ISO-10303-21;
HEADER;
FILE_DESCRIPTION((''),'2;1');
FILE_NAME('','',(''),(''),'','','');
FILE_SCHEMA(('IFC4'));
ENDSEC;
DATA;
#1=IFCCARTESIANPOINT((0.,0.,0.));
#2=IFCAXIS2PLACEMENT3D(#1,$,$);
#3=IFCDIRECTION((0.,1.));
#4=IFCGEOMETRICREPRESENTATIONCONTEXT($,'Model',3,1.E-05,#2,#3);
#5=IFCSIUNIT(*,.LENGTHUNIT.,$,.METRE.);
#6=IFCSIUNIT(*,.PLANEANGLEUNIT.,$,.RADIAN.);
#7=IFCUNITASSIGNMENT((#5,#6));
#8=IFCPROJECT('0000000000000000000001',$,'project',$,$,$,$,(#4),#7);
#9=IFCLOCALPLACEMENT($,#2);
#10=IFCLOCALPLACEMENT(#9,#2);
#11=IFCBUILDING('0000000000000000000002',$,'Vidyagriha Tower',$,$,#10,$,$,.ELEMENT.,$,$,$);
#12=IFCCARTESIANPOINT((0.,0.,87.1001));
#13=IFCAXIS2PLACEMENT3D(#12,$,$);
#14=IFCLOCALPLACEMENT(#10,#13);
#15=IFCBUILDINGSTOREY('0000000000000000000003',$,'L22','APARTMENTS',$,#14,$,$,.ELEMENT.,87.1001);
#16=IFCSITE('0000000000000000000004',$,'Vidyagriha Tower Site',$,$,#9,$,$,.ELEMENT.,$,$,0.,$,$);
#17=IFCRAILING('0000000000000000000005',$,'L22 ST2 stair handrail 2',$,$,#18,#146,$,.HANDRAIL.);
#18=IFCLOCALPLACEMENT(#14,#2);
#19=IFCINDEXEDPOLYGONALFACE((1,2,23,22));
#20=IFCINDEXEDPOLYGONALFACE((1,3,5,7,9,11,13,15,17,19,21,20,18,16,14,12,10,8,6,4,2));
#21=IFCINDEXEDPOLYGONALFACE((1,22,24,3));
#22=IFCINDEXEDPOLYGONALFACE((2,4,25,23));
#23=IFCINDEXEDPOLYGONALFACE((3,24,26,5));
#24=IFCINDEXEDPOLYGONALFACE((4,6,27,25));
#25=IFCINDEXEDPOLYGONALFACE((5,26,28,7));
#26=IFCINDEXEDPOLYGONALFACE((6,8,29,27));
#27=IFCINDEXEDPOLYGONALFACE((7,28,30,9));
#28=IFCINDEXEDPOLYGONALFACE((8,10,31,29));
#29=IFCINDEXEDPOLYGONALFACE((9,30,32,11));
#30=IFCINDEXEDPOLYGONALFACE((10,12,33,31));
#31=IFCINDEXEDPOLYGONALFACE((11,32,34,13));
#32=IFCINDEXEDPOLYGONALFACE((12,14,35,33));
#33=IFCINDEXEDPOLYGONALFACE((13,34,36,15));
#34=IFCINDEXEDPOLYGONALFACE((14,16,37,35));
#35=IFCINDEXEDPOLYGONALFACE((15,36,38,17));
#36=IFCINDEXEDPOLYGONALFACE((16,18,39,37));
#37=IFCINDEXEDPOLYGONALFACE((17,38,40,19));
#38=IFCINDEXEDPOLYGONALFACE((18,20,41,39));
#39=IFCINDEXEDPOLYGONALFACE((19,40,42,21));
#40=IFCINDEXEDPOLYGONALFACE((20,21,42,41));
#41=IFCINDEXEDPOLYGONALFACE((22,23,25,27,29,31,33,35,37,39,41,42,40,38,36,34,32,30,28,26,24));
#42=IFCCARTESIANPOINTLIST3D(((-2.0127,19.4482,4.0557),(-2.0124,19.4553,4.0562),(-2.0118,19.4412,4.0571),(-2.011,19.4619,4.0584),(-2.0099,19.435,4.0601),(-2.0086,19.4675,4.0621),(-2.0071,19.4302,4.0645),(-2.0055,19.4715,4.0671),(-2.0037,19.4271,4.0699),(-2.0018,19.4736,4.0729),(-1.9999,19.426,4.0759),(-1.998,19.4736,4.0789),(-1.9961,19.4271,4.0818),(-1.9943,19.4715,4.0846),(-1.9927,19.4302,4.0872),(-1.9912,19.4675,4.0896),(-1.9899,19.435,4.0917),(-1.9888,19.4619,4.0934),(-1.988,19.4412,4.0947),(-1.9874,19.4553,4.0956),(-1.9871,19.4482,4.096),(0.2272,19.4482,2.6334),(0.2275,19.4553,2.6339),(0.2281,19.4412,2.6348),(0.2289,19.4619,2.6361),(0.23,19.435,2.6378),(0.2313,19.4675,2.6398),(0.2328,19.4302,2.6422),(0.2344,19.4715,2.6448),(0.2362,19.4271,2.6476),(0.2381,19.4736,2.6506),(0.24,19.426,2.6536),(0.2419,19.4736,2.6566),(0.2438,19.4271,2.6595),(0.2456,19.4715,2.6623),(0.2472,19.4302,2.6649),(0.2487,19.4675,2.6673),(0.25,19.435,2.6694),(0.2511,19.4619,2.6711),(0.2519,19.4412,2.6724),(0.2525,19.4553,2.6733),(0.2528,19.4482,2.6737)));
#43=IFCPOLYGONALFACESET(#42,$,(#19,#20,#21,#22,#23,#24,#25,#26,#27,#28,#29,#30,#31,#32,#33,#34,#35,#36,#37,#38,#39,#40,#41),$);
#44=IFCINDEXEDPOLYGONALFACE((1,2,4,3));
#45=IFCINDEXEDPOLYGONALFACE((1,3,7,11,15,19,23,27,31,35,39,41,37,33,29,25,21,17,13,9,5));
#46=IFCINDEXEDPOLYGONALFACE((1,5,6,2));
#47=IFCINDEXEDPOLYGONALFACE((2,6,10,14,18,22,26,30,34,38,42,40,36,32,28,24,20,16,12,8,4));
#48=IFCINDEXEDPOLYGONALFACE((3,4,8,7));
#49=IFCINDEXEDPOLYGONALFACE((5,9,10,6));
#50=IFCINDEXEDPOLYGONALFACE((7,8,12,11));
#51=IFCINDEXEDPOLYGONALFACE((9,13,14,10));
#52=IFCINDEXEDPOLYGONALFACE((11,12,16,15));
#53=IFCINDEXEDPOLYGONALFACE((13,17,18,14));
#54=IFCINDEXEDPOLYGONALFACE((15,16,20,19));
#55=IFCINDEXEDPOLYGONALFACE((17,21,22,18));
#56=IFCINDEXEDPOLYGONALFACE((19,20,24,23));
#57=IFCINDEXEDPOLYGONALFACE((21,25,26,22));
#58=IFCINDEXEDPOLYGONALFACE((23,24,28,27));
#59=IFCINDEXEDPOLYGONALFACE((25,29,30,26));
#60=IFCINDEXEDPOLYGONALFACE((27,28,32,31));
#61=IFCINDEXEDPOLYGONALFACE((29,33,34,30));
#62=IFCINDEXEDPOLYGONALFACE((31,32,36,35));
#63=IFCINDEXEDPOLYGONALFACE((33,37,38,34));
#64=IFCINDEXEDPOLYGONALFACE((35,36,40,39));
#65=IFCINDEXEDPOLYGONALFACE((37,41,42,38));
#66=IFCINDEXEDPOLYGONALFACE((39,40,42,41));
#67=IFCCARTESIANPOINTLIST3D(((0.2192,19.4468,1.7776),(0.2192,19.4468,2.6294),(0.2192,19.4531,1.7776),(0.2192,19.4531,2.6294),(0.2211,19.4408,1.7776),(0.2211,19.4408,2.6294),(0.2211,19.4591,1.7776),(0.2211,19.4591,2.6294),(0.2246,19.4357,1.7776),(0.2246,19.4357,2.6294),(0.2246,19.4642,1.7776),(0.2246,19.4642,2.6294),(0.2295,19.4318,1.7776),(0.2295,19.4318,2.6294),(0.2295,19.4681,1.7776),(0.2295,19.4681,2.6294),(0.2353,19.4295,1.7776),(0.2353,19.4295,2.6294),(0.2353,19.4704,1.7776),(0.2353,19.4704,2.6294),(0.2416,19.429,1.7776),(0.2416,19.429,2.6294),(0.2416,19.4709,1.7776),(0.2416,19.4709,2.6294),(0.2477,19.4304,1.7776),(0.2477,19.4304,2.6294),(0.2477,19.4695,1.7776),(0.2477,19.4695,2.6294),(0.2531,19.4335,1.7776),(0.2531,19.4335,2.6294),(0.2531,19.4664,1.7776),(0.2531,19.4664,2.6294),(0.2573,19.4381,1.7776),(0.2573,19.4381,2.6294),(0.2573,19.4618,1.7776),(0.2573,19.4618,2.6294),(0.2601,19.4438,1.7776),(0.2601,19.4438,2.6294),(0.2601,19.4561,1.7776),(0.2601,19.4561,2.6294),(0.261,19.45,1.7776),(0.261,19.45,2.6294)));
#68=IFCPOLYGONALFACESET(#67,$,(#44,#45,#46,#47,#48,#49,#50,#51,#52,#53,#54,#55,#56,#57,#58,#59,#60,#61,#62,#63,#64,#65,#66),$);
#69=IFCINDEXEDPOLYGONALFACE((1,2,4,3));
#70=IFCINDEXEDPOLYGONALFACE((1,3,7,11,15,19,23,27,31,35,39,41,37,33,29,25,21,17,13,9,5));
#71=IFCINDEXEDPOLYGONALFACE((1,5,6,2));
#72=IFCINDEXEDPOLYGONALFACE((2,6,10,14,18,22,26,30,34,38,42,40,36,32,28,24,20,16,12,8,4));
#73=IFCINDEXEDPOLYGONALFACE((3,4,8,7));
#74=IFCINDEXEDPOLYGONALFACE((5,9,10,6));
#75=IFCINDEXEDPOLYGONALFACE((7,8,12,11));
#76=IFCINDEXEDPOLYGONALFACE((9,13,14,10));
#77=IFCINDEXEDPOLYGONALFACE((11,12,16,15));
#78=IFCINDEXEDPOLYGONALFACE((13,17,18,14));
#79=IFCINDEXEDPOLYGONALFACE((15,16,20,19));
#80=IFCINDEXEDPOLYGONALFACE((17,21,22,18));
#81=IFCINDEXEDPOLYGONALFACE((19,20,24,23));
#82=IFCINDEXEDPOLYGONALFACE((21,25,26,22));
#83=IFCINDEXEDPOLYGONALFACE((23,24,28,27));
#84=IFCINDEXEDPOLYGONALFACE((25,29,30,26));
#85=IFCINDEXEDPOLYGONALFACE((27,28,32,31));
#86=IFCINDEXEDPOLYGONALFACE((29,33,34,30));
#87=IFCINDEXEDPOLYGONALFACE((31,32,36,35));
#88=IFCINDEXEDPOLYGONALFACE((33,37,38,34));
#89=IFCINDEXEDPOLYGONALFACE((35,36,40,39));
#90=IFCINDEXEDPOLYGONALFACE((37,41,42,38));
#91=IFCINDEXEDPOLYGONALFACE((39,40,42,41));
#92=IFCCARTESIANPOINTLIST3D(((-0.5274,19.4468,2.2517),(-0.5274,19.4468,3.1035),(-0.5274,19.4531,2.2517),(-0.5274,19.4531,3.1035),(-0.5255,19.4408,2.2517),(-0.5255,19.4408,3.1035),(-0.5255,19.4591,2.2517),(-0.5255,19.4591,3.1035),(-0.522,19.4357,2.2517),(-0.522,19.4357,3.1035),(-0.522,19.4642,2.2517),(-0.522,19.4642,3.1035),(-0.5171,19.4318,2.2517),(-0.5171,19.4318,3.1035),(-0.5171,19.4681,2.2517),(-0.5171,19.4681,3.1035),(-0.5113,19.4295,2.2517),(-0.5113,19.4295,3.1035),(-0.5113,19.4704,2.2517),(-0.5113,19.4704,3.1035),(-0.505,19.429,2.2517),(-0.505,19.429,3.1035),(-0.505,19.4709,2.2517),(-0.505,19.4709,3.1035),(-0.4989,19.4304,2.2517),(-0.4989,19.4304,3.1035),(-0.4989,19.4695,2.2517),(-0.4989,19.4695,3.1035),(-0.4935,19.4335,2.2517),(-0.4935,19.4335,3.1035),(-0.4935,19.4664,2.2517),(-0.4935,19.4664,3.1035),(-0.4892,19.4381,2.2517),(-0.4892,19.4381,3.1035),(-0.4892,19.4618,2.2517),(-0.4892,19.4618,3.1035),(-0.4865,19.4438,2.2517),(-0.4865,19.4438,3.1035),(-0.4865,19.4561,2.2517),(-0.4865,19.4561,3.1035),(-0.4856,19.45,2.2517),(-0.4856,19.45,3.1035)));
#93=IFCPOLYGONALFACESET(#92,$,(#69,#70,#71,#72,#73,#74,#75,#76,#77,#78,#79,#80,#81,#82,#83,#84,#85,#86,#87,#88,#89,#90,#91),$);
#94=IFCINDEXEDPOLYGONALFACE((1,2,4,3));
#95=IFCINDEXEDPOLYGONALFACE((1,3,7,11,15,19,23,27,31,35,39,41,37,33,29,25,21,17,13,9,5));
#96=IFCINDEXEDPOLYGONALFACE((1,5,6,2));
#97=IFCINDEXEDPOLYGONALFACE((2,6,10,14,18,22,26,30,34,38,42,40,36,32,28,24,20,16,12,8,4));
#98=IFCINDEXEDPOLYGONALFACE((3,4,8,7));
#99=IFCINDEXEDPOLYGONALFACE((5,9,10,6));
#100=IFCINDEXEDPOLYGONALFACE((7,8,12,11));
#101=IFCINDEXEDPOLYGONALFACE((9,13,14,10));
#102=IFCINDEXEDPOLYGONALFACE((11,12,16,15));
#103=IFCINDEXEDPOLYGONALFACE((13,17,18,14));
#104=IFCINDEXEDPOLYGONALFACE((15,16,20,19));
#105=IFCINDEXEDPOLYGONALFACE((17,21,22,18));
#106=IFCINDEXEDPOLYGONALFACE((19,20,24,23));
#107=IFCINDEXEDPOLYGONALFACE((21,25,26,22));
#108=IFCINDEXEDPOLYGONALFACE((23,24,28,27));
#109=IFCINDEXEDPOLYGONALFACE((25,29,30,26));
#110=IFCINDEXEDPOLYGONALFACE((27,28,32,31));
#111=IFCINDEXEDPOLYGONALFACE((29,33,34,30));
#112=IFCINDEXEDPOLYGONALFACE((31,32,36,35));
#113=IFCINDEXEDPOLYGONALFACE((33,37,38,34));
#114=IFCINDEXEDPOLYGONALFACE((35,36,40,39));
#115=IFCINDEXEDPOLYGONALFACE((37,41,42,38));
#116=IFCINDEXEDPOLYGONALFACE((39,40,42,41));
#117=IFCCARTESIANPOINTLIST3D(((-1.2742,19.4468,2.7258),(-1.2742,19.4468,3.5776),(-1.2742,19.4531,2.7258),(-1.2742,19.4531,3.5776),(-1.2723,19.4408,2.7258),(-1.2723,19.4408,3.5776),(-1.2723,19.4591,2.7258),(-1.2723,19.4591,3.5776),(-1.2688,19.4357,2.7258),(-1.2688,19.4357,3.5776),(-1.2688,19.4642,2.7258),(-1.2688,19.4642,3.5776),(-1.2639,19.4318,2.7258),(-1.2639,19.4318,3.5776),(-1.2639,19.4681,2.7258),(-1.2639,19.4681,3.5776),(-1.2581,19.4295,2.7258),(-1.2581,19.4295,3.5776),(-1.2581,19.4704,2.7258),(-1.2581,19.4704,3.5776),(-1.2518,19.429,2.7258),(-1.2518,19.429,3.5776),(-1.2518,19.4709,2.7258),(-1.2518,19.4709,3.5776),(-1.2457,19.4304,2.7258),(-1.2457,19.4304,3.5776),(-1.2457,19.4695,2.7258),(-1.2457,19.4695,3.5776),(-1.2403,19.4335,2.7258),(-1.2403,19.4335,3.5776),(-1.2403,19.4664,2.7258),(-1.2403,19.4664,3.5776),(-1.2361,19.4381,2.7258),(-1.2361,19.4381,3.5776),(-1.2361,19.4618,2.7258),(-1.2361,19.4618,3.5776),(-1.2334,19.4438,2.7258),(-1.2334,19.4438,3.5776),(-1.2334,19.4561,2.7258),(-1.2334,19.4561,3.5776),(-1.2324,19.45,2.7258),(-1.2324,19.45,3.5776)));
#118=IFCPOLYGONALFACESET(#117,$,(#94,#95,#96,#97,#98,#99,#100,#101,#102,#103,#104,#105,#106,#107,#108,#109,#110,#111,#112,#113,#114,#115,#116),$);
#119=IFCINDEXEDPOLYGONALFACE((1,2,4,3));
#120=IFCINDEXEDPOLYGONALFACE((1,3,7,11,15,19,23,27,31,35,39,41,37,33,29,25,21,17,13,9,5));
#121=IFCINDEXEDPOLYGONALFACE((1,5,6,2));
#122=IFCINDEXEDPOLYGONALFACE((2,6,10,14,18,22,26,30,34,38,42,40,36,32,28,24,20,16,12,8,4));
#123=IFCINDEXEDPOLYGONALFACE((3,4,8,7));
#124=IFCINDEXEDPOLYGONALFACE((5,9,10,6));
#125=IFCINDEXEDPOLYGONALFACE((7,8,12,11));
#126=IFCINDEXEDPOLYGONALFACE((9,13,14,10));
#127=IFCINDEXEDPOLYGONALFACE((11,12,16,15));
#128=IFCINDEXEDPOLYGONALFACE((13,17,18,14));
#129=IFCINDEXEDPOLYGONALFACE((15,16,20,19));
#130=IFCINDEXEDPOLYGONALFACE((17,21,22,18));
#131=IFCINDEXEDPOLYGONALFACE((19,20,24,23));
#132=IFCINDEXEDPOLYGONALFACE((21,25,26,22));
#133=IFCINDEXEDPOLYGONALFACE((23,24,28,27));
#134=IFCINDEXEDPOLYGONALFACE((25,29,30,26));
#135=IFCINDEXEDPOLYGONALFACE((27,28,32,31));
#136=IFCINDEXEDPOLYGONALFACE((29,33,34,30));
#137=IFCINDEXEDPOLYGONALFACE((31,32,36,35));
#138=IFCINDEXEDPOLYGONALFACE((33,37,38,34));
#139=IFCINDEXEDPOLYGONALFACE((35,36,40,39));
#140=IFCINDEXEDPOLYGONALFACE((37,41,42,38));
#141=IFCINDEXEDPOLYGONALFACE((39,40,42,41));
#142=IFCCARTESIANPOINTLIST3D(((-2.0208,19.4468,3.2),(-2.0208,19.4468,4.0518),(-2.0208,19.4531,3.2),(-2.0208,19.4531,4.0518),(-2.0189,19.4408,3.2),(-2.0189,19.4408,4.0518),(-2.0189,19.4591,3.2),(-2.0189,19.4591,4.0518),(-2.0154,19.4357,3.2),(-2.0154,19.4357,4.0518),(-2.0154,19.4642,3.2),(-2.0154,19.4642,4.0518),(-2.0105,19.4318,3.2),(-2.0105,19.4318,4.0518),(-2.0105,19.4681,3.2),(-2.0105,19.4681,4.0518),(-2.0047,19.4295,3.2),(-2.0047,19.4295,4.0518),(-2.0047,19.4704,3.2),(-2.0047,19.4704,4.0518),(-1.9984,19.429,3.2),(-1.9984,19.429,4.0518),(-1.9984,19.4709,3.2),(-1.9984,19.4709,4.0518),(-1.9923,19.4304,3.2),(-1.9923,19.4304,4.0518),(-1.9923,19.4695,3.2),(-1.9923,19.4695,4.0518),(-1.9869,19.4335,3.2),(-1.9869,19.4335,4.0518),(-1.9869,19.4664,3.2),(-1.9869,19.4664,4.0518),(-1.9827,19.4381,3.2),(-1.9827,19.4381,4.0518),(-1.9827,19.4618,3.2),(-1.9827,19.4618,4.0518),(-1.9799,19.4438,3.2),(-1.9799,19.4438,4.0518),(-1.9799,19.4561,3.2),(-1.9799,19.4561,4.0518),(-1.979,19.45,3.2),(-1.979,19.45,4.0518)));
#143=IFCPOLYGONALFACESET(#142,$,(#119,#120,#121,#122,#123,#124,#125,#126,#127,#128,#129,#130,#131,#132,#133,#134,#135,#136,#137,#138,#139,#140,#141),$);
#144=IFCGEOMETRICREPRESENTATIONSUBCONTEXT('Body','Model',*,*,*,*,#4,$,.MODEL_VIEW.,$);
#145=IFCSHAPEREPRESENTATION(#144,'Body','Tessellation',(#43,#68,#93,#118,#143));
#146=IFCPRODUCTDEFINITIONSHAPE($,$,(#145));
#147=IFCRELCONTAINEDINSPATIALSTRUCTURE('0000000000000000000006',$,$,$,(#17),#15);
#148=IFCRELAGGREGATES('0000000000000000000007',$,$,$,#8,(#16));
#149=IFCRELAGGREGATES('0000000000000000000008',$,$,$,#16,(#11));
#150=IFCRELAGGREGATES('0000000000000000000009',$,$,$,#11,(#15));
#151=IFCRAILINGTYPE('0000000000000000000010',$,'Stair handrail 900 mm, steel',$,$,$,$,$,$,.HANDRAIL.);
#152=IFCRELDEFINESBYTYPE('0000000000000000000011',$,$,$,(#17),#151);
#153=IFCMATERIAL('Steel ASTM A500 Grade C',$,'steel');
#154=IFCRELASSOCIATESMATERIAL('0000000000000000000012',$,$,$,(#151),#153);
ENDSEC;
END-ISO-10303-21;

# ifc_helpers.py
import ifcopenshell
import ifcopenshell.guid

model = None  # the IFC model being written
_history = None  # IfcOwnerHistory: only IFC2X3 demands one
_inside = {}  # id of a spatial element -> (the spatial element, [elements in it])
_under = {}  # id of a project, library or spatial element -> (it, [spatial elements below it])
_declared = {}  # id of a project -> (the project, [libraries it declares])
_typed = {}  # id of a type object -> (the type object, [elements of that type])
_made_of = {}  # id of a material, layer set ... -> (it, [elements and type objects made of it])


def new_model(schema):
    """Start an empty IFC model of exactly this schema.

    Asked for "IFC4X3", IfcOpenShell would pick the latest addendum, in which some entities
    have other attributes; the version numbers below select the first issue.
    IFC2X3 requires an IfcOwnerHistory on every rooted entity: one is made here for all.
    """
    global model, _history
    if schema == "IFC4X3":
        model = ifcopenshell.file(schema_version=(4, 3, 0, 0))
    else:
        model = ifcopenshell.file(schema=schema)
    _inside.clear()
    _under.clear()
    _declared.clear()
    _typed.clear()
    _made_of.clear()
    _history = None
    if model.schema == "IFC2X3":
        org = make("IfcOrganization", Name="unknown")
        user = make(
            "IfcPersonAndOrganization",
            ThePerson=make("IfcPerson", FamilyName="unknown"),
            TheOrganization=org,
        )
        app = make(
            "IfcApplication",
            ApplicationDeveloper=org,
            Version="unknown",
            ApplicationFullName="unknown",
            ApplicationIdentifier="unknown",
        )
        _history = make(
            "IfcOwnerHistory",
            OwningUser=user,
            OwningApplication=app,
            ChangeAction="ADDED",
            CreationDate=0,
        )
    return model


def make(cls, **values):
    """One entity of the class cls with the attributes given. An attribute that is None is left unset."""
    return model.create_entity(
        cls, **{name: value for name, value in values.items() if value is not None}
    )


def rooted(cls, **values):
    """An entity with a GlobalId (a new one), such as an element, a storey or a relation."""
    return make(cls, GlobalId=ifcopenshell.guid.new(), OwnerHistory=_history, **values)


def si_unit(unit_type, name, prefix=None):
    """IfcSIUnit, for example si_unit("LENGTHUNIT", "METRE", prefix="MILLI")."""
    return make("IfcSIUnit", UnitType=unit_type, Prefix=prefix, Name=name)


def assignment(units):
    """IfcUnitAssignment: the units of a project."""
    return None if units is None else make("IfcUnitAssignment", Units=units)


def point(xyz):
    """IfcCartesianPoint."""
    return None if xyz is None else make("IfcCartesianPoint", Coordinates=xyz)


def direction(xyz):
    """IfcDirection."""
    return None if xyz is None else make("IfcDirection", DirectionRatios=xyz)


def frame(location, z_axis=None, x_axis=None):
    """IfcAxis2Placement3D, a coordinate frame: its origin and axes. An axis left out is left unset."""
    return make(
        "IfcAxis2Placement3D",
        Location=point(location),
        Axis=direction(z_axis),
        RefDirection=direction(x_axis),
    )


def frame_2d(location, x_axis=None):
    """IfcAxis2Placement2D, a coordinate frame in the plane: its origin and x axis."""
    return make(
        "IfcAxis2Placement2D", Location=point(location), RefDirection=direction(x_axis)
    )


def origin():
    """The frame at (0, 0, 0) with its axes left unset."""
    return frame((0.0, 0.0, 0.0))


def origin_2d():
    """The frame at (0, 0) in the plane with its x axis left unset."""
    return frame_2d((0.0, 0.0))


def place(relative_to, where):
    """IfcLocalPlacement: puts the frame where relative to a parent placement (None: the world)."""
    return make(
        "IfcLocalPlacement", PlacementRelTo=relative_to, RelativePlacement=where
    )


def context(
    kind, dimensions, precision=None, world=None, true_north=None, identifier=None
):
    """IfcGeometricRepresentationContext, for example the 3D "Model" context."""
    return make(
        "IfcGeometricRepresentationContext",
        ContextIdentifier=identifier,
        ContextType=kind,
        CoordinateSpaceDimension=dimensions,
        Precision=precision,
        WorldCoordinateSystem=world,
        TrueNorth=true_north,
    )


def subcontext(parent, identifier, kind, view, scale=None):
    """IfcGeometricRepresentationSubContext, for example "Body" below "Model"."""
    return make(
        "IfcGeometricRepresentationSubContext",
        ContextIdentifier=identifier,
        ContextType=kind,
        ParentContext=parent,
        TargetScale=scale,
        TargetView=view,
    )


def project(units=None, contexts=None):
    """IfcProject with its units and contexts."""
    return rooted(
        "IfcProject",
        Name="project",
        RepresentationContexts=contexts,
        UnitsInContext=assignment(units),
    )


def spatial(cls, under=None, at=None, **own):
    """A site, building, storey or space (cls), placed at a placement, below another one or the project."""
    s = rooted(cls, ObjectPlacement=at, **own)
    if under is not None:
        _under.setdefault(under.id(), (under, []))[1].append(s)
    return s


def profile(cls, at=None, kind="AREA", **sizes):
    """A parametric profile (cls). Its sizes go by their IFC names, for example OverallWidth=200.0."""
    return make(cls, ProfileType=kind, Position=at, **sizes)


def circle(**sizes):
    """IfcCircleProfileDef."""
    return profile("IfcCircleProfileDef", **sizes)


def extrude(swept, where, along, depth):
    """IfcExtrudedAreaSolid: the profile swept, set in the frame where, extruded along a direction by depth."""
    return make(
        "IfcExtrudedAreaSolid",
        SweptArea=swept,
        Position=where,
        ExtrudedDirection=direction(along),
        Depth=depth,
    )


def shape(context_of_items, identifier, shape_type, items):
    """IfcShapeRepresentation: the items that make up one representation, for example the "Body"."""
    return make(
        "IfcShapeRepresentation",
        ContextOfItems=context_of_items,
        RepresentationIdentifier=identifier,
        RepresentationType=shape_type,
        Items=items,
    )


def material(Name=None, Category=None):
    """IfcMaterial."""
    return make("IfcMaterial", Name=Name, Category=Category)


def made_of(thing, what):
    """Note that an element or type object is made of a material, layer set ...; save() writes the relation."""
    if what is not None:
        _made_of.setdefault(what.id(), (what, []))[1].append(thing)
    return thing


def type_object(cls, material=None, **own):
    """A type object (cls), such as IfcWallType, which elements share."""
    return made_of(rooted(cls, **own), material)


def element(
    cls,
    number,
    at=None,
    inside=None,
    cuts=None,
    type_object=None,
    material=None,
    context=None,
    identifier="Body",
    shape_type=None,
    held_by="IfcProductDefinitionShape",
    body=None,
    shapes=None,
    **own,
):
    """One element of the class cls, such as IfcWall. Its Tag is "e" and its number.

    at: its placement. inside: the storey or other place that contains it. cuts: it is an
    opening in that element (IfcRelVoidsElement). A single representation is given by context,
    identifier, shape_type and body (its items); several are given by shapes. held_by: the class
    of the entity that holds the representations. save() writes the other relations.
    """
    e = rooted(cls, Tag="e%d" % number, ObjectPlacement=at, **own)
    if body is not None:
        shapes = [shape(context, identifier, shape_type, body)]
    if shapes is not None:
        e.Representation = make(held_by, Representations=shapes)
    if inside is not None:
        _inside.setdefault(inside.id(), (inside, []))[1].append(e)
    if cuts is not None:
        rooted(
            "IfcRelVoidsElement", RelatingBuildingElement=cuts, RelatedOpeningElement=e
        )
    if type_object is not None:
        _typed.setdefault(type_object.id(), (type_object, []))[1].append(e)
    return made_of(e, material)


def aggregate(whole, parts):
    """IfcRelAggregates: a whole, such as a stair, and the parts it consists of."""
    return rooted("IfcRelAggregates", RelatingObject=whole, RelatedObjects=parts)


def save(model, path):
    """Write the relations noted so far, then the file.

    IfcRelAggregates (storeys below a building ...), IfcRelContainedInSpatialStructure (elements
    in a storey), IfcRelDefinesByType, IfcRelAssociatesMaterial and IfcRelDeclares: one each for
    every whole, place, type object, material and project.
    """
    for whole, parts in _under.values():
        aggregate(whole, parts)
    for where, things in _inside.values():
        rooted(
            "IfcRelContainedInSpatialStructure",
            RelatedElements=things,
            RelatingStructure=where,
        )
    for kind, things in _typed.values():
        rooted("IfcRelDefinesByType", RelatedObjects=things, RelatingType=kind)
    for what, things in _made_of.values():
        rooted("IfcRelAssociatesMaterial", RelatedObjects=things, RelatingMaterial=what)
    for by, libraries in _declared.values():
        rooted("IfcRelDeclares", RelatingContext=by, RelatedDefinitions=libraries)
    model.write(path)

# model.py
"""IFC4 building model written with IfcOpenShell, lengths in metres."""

from ifc_helpers import new_model, si_unit, direction, frame, origin, origin_2d, place, context, subcontext, project, spatial, circle, extrude, material, type_object, element, save


model = new_model("IFC4")

# Units and contexts
model_context = context("Model", 3, precision=1e-05, world=origin(), true_north=direction((0.0, 1.0)))
body_context = subcontext(model_context, "Body", "Model", "MODEL_VIEW")
ifc_project = project(units=[si_unit("LENGTHUNIT", "METRE"), si_unit("PLANEANGLEUNIT", "RADIAN")], contexts=[model_context])

# Site, building, storey
site_placement = place(None, origin())
site = spatial("IfcSite", under=ifc_project, at=site_placement, Name="Vidyagriha Tower Site", CompositionType="ELEMENT", RefElevation=0.0)
building_placement = place(site_placement, origin())
building = spatial("IfcBuilding", under=site, at=building_placement, Name="Vidyagriha Tower", CompositionType="ELEMENT")
storey_placement = place(building_placement, frame((0.0, 0.0, 87.1001)))
storey = spatial("IfcBuildingStorey", under=building, at=storey_placement, Name="L22", Description="APARTMENTS", CompositionType="ELEMENT", Elevation=87.1001)

# Railing
ifc_material_1 = material(Name="Steel ASTM A500 Grade C", Category="steel")
railing_type_1 = type_object("IfcRailingType", Name="Stair handrail 900 mm, steel", PredefinedType="HANDRAIL", material=ifc_material_1)
railing_1_placement = place(storey_placement, frame((0.24, 19.45, 1.7776)))
element("IfcRailing", 1, at=railing_1_placement, inside=storey, type_object=railing_type_1, Name="L22 ST2 stair handrail 2", PredefinedType="HANDRAIL", context=body_context, shape_type="SweptSolid", body=[
    extrude(circle(Radius=0.0239, at=origin_2d()), frame((0.0, 0.0, 0.876), z_axis=(-0.844188, 0.0, 0.536048), x_axis=(0.0, -1.0, 0.0)), (0.0, 0.0, 1.0), 2.6533),
    extrude(circle(Radius=0.021, at=origin_2d()), origin(), (0.0, 0.0, 1.0), 0.8518),
    extrude(circle(Radius=0.021, at=origin_2d()), frame((-0.7466, 0.0, 0.4741)), (0.0, 0.0, 1.0), 0.8518),
    extrude(circle(Radius=0.021, at=origin_2d()), frame((-1.4934, 0.0, 0.9482)), (0.0, 0.0, 1.0), 0.8518),
    extrude(circle(Radius=0.021, at=origin_2d()), frame((-2.24, 0.0, 1.4224)), (0.0, 0.0, 1.0), 0.8518),
])

save(model, "model.ifc")
